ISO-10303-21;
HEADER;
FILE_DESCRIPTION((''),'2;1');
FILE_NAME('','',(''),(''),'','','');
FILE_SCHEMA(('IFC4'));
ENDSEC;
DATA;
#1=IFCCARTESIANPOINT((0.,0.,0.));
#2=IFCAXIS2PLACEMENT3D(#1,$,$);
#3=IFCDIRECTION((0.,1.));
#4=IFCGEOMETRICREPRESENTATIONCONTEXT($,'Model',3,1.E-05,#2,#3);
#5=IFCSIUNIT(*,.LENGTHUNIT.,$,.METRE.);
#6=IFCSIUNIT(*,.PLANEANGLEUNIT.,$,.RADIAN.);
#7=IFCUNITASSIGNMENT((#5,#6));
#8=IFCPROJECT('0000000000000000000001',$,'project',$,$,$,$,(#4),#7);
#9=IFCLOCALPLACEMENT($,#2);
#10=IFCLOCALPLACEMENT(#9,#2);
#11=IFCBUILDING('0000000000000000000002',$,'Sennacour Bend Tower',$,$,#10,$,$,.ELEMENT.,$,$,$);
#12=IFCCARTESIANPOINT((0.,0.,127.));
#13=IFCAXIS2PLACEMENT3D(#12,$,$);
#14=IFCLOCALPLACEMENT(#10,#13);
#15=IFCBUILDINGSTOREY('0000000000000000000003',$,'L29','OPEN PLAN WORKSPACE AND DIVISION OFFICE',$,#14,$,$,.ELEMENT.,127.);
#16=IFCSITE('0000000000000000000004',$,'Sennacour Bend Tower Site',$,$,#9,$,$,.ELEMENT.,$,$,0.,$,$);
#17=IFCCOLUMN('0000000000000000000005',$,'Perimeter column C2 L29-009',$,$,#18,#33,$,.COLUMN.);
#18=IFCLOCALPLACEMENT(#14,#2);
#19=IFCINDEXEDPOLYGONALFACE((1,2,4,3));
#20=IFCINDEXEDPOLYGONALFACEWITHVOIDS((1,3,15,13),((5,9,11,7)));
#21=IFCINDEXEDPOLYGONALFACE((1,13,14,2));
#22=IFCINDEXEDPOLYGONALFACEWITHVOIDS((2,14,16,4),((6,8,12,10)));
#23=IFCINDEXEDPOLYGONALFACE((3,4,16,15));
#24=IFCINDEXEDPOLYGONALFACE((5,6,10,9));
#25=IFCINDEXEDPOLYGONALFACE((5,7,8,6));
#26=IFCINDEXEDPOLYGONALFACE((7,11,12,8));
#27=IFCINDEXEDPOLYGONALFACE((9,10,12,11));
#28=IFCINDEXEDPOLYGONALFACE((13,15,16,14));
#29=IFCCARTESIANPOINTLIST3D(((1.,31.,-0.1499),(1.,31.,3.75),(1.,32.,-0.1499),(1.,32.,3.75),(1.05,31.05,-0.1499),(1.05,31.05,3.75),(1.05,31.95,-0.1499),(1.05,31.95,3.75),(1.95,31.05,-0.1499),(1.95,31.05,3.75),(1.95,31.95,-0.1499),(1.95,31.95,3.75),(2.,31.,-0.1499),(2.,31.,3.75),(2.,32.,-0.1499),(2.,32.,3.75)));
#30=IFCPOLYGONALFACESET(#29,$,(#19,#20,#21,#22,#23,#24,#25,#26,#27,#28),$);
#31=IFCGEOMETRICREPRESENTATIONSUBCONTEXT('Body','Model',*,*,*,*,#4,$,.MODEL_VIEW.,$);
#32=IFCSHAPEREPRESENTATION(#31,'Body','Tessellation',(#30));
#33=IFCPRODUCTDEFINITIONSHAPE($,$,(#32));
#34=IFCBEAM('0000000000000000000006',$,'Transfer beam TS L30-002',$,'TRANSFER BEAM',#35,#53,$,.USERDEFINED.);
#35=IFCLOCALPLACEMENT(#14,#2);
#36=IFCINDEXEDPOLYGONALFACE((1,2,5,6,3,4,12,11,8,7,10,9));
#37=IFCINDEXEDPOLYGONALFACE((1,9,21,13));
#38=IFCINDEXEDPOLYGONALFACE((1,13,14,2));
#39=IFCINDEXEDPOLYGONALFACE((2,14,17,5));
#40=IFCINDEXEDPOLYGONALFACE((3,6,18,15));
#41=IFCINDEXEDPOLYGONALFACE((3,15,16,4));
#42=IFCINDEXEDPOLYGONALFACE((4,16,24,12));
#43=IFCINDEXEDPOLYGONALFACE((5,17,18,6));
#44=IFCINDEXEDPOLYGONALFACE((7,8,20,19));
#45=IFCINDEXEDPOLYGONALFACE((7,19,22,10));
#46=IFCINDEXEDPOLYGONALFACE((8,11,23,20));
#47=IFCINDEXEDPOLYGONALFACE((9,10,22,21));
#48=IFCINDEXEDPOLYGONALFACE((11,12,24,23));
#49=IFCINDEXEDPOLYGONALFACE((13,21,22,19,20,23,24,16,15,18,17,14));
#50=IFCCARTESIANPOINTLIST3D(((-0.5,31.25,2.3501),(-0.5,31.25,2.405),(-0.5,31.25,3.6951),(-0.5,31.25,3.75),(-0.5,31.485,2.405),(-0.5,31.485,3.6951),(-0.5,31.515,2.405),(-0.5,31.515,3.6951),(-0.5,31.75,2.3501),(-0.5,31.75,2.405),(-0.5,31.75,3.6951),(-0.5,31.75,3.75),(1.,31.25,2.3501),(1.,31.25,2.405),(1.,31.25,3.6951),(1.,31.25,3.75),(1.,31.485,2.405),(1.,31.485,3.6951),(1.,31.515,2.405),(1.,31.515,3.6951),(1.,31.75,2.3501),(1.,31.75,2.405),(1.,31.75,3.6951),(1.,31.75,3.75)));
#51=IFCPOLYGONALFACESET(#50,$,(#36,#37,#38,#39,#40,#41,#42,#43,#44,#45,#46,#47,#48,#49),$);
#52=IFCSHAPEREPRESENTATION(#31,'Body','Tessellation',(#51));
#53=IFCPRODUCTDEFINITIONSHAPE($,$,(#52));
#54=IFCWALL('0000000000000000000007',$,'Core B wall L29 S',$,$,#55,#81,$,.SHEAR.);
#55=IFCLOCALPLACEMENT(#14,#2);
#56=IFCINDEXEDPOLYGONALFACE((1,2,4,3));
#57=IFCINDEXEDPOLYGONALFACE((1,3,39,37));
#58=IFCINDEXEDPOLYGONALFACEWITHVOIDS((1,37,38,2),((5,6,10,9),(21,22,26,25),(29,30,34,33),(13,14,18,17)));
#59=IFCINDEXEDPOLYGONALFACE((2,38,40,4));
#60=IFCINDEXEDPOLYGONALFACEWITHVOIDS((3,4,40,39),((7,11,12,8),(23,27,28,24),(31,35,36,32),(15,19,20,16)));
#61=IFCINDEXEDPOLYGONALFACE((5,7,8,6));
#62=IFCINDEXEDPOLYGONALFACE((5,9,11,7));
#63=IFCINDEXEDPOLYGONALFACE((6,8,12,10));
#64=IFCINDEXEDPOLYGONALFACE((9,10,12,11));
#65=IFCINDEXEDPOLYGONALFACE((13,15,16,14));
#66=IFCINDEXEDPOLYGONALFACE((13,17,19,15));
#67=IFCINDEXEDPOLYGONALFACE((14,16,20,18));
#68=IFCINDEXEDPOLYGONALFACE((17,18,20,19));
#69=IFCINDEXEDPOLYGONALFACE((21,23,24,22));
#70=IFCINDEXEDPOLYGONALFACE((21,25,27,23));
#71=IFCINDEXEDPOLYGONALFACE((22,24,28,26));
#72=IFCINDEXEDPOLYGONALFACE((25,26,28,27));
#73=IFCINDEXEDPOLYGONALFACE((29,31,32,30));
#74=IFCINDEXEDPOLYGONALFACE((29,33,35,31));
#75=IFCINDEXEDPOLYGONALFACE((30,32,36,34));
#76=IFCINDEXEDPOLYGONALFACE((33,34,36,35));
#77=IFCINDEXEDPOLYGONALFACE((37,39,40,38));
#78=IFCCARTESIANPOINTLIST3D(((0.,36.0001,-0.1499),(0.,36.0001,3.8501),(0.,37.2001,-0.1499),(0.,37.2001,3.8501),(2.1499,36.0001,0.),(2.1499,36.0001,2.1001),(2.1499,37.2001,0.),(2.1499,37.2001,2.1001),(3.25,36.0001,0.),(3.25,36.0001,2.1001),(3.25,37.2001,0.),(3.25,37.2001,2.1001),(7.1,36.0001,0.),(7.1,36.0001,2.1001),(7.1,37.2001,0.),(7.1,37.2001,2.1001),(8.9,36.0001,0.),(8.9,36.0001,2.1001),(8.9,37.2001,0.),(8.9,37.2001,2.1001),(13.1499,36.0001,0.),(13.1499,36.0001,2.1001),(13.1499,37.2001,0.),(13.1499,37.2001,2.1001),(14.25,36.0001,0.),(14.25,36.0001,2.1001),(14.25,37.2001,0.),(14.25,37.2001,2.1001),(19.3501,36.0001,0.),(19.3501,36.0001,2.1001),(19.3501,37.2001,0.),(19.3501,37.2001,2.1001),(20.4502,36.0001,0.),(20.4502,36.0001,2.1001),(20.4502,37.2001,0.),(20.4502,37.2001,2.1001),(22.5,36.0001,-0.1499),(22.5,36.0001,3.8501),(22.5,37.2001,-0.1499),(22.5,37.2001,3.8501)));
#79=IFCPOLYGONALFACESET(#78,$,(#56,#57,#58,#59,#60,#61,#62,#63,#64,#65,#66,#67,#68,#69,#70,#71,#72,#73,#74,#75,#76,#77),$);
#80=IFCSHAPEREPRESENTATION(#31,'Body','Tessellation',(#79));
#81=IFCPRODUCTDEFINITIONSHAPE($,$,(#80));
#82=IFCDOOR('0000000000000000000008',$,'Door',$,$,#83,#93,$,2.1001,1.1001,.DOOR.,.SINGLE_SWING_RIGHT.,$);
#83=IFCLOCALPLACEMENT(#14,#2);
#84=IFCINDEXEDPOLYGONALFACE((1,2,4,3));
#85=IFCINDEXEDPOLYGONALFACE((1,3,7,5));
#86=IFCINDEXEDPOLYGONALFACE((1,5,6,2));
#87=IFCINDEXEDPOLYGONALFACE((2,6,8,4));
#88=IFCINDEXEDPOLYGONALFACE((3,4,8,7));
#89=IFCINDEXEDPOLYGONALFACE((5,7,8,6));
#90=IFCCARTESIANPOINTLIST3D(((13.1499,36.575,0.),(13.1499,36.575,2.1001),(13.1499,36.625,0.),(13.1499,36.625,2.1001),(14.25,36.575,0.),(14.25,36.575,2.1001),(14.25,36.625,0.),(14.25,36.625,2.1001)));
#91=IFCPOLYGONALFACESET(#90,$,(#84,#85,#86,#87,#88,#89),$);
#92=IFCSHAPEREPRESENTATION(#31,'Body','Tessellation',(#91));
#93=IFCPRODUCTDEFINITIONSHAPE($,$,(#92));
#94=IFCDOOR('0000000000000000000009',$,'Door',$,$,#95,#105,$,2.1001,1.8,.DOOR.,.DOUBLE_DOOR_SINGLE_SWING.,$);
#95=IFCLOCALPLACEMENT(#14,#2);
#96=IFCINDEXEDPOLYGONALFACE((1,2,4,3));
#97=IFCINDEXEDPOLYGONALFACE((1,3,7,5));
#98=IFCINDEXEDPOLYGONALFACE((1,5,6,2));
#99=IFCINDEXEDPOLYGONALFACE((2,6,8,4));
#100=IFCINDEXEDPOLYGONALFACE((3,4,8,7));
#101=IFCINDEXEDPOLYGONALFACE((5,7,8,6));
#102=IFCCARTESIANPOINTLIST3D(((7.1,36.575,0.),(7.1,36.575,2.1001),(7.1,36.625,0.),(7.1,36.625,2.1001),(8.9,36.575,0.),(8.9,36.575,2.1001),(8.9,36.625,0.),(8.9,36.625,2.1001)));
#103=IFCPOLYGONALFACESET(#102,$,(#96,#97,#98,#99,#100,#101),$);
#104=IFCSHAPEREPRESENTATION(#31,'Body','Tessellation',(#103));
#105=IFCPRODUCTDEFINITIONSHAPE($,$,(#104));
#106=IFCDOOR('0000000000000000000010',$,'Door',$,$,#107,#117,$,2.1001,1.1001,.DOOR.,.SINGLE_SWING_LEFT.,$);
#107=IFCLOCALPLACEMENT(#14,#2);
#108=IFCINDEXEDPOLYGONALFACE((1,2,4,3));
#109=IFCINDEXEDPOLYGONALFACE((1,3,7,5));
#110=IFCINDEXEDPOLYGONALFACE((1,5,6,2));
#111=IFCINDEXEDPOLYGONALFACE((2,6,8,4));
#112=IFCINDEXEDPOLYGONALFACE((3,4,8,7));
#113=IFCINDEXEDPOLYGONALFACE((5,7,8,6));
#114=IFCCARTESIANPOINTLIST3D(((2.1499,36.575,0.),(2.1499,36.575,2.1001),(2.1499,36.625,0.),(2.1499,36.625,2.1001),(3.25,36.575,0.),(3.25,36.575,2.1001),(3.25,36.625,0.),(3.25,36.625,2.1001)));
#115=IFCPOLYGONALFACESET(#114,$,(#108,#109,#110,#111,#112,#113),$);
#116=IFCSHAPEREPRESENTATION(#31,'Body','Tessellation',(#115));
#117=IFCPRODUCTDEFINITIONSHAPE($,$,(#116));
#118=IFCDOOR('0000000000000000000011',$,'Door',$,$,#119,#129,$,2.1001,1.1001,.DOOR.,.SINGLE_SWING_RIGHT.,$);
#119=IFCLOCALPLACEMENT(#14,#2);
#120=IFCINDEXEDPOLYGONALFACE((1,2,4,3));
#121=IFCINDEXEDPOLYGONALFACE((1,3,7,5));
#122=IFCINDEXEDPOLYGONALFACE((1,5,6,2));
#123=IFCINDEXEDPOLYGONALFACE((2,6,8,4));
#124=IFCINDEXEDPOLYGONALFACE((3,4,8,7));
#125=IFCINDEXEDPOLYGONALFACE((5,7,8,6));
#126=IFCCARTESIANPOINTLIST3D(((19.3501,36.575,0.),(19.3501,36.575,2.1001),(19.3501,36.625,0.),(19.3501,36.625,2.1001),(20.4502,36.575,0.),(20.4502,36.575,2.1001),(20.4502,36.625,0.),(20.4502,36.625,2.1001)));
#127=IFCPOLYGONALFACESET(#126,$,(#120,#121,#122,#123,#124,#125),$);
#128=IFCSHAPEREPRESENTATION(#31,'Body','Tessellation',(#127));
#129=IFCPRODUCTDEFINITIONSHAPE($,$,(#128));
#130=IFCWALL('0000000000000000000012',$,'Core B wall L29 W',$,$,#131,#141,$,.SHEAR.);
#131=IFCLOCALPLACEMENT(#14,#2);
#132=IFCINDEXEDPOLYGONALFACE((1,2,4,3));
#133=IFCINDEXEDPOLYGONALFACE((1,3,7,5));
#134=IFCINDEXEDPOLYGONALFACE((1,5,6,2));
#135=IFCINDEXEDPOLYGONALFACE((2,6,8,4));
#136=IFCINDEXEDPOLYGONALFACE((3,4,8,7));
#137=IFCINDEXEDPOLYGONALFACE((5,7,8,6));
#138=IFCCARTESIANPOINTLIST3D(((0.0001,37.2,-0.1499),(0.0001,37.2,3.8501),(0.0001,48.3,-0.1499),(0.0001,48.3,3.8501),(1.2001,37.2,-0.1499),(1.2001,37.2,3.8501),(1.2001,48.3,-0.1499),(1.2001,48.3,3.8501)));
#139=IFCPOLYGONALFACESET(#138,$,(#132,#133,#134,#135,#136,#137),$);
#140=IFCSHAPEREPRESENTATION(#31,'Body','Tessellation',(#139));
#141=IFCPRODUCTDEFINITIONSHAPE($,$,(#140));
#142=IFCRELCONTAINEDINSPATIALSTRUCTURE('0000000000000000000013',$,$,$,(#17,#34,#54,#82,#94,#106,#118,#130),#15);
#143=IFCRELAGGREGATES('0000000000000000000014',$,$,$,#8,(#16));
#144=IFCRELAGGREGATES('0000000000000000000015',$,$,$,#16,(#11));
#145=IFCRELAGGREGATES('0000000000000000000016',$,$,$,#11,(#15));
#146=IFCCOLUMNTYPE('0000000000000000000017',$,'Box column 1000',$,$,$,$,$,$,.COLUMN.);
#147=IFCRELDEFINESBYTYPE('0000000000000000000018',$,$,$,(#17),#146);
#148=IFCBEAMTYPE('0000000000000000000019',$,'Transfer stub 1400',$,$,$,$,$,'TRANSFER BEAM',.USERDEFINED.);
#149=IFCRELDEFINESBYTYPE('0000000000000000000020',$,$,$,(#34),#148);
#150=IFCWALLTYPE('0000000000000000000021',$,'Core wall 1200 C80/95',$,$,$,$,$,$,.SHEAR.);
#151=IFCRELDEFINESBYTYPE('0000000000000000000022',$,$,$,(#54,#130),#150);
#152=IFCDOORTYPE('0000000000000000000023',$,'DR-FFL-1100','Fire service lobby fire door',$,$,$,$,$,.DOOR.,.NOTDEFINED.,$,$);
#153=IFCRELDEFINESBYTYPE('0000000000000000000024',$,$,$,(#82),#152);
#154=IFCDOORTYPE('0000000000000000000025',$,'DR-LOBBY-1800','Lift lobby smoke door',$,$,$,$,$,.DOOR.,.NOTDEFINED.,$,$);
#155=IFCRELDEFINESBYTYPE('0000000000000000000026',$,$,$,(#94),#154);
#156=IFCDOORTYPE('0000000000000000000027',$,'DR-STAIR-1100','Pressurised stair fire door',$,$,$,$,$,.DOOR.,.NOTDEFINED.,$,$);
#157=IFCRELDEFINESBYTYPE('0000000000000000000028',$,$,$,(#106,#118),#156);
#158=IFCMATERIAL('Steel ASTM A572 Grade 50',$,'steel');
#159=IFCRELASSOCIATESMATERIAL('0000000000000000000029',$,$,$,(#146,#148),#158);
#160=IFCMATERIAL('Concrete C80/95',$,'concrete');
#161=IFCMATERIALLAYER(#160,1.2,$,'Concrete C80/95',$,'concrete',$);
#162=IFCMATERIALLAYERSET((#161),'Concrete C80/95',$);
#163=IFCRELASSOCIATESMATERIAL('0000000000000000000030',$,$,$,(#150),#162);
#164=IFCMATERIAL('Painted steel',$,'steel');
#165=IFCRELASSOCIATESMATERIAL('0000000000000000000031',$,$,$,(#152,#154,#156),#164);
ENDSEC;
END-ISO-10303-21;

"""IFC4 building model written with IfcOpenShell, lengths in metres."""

from ifc_helpers import new_model, si_unit, direction, frame, frame_2d, origin, origin_2d, place, context, subcontext, project, spatial, rectangle, hollow_rectangle, i_section, extrude, material, layer, layer_set, material_profile, profile_set, type_object, element, fill, save


model = new_model("IFC4")

# Units and contexts
model_context = context("Model", 3, precision=1e-05, world=origin(), true_north=direction((0.0, 1.0)))
body_context = subcontext(model_context, "Body", "Model", "MODEL_VIEW")
ifc_project = project(units=[si_unit("LENGTHUNIT", "METRE"), si_unit("PLANEANGLEUNIT", "RADIAN")], contexts=[model_context])

# Site, building, storey
site_placement = place(None, origin())
site = spatial("IfcSite", under=ifc_project, at=site_placement, Name="Sennacour Bend Tower Site", CompositionType="ELEMENT", RefElevation=0.0)
building_placement = place(site_placement, origin())
building = spatial("IfcBuilding", under=site, at=building_placement, Name="Sennacour Bend Tower", CompositionType="ELEMENT")
storey_placement = place(building_placement, frame((0.0, 0.0, 127.0)))
storey = spatial("IfcBuildingStorey", under=building, at=storey_placement, Name="L29", Description="OPEN PLAN WORKSPACE AND DIVISION OFFICE", CompositionType="ELEMENT", Elevation=127.0)

# Column
ifc_material_1 = material(Name="Steel ASTM A572 Grade 50", Category="steel")
ifc_material_profile_1 = material_profile(ifc_material_1, hollow_rectangle(XDim=1.0, YDim=1.0, WallThickness=0.05, at=origin_2d()), Name="Steel ASTM A572 Grade 50", Category="steel")
ifc_profile_set_1 = profile_set([ifc_material_profile_1], Name="Steel ASTM A572 Grade 50")
column_type = type_object("IfcColumnType", Name="Box column 1000", PredefinedType="COLUMN", material=ifc_profile_set_1)
column_placement = place(storey_placement, frame((1.5, 31.5, -0.1499), z_axis=(0.0, 0.0, 1.0), x_axis=(1.0, 0.0, 0.0)))
element("IfcColumn", 1, at=column_placement, inside=storey, type_object=column_type, Name="Perimeter column C2 L29-009", PredefinedType="COLUMN", context=body_context, shape_type="SweptSolid", body=[
    extrude(hollow_rectangle(XDim=1.0, YDim=1.0, WallThickness=0.05, at=origin_2d()), origin(), (0.0, 0.0, 1.0), 3.8999),
])

# Beam
ifc_material_profile_2 = material_profile(ifc_material_1, i_section(OverallWidth=0.5, OverallDepth=1.3999, WebThickness=0.03, FlangeThickness=0.0549, at=origin_2d()), Name="Steel ASTM A572 Grade 50", Category="steel")
ifc_profile_set_2 = profile_set([ifc_material_profile_2], Name="Steel ASTM A572 Grade 50")
beam_type = type_object("IfcBeamType", Name="Transfer stub 1400", ElementType="TRANSFER BEAM", PredefinedType="USERDEFINED", material=ifc_profile_set_2)
beam_placement = place(storey_placement, frame((1.0, 31.5, 3.05), z_axis=(-1.0, 0.0, 0.0), x_axis=(0.0, -1.0, 0.0)))
element("IfcBeam", 2, at=beam_placement, inside=storey, type_object=beam_type, Name="Transfer beam TS L30-002", ObjectType="TRANSFER BEAM", PredefinedType="USERDEFINED", context=body_context, shape_type="SweptSolid", body=[
    extrude(i_section(OverallWidth=0.5, OverallDepth=1.3999, WebThickness=0.03, FlangeThickness=0.0549, at=origin_2d()), origin(), (0.0, 0.0, 1.0), 1.5),
])

# Wall, openings, doors
ifc_material_2 = material(Name="Concrete C80/95", Category="concrete")
ifc_layer_1 = layer(ifc_material_2, 1.2, Name="Concrete C80/95", Category="concrete")
ifc_layer_set_1 = layer_set([ifc_layer_1], Name="Concrete C80/95")
wall_type_1 = type_object("IfcWallType", Name="Core wall 1200 C80/95", PredefinedType="SHEAR", material=ifc_layer_set_1)
wall_1_placement = place(storey_placement, frame((0.0, 36.6001, -0.1499), z_axis=(0.0, 0.0, 1.0), x_axis=(1.0, 0.0, 0.0)))
wall_1 = element("IfcWall", 3, at=wall_1_placement, inside=storey, type_object=wall_type_1, Name="Core B wall L29 S", PredefinedType="SHEAR", context=body_context, shape_type="SweptSolid", body=[
    extrude(rectangle(XDim=22.5, YDim=1.2, at=frame_2d((11.25, 0.0))), origin(), (0.0, 0.0, 1.0), 4.0),
])
opening_1_placement = place(wall_1_placement, frame((7.1001, 0.0, 0.1499)))
opening_1 = element("IfcOpeningElement", 4, at=opening_1_placement, cuts=wall_1, PredefinedType="OPENING", context=body_context, shape_type="SweptSolid", body=[
    extrude(rectangle(XDim=1.8, YDim=2.1001, at=frame_2d((0.8999, 1.05))), frame((0.0, 0.6099, 0.0), z_axis=(0.0, -1.0, 0.0), x_axis=(1.0, 0.0, 0.0)), (0.0, 0.0, 1.0), 1.22),
])
opening_2_placement = place(wall_1_placement, frame((13.1499, 0.0, 0.1499)))
opening_2 = element("IfcOpeningElement", 5, at=opening_2_placement, cuts=wall_1, PredefinedType="OPENING", context=body_context, shape_type="SweptSolid", body=[
    extrude(rectangle(XDim=1.1001, YDim=2.1001, at=frame_2d((0.55, 1.05))), frame((0.0, 0.6099, 0.0), z_axis=(0.0, -1.0, 0.0), x_axis=(1.0, 0.0, 0.0)), (0.0, 0.0, 1.0), 1.22),
])
opening_3_placement = place(wall_1_placement, frame((2.1499, 0.0, 0.1499)))
opening_3 = element("IfcOpeningElement", 6, at=opening_3_placement, cuts=wall_1, PredefinedType="OPENING", context=body_context, shape_type="SweptSolid", body=[
    extrude(rectangle(XDim=1.1001, YDim=2.1001, at=frame_2d((0.55, 1.05))), frame((0.0, 0.6099, 0.0), z_axis=(0.0, -1.0, 0.0), x_axis=(1.0, 0.0, 0.0)), (0.0, 0.0, 1.0), 1.22),
])
opening_4_placement = place(wall_1_placement, frame((19.3501, 0.0, 0.1499)))
opening_4 = element("IfcOpeningElement", 7, at=opening_4_placement, cuts=wall_1, PredefinedType="OPENING", context=body_context, shape_type="SweptSolid", body=[
    extrude(rectangle(XDim=1.1001, YDim=2.1001, at=frame_2d((0.55, 1.05))), frame((0.0, 0.6099, 0.0), z_axis=(0.0, -1.0, 0.0), x_axis=(1.0, 0.0, 0.0)), (0.0, 0.0, 1.0), 1.22),
])
ifc_material_3 = material(Name="Painted steel", Category="steel")
door_type_1 = type_object("IfcDoorType", Name="DR-FFL-1100", Description="Fire service lobby fire door", OperationType="NOTDEFINED", PredefinedType="DOOR", material=ifc_material_3)
door_1_placement = place(opening_2_placement, origin())
door_1 = element("IfcDoor", 8, at=door_1_placement, inside=storey, type_object=door_type_1, Name="Door", OperationType="SINGLE_SWING_RIGHT", OverallHeight=2.1001, OverallWidth=1.1001, PredefinedType="DOOR", context=body_context, shape_type="SweptSolid", body=[
    extrude(rectangle(XDim=1.1001, YDim=2.1001, at=frame_2d((0.55, 1.05))), frame((0.0, 0.0249, 0.0), z_axis=(0.0, -1.0, 0.0), x_axis=(1.0, 0.0, 0.0)), (0.0, 0.0, 1.0), 0.05),
])
fill(opening_2, door_1)
door_type_2 = type_object("IfcDoorType", Name="DR-LOBBY-1800", Description="Lift lobby smoke door", OperationType="NOTDEFINED", PredefinedType="DOOR", material=ifc_material_3)
door_2_placement = place(opening_1_placement, origin())
door_2 = element("IfcDoor", 9, at=door_2_placement, inside=storey, type_object=door_type_2, Name="Door", OperationType="DOUBLE_DOOR_SINGLE_SWING", OverallHeight=2.1001, OverallWidth=1.8, PredefinedType="DOOR", context=body_context, shape_type="SweptSolid", body=[
    extrude(rectangle(XDim=1.8, YDim=2.1001, at=frame_2d((0.8999, 1.05))), frame((0.0, 0.0249, 0.0), z_axis=(0.0, -1.0, 0.0), x_axis=(1.0, 0.0, 0.0)), (0.0, 0.0, 1.0), 0.05),
])
fill(opening_1, door_2)
door_type_3 = type_object("IfcDoorType", Name="DR-STAIR-1100", Description="Pressurised stair fire door", OperationType="NOTDEFINED", PredefinedType="DOOR", material=ifc_material_3)
door_3_placement = place(opening_3_placement, origin())
door_3 = element("IfcDoor", 10, at=door_3_placement, inside=storey, type_object=door_type_3, Name="Door", OperationType="SINGLE_SWING_LEFT", OverallHeight=2.1001, OverallWidth=1.1001, PredefinedType="DOOR", context=body_context, shape_type="SweptSolid", body=[
    extrude(rectangle(XDim=1.1001, YDim=2.1001, at=frame_2d((0.55, 1.05))), frame((0.0, 0.0249, 0.0), z_axis=(0.0, -1.0, 0.0), x_axis=(1.0, 0.0, 0.0)), (0.0, 0.0, 1.0), 0.05),
])
fill(opening_3, door_3)
door_4_placement = place(opening_4_placement, origin())
door_4 = element("IfcDoor", 11, at=door_4_placement, inside=storey, type_object=door_type_3, Name="Door", OperationType="SINGLE_SWING_RIGHT", OverallHeight=2.1001, OverallWidth=1.1001, PredefinedType="DOOR", context=body_context, shape_type="SweptSolid", body=[
    extrude(rectangle(XDim=1.1001, YDim=2.1001, at=frame_2d((0.55, 1.05))), frame((0.0, 0.0249, 0.0), z_axis=(0.0, -1.0, 0.0), x_axis=(1.0, 0.0, 0.0)), (0.0, 0.0, 1.0), 0.05),
])
fill(opening_4, door_4)

# Wall
wall_2_placement = place(storey_placement, frame((0.6001, 37.2, -0.1499), z_axis=(0.0, 0.0, 1.0), x_axis=(0.0, 1.0, 0.0)))
element("IfcWall", 12, at=wall_2_placement, inside=storey, type_object=wall_type_1, Name="Core B wall L29 W", PredefinedType="SHEAR", context=body_context, shape_type="SweptSolid", body=[
    extrude(rectangle(XDim=11.1001, YDim=1.2, at=frame_2d((5.55, 0.0))), origin(), (0.0, 0.0, 1.0), 4.0),
])

save(model, "model.ifc")
